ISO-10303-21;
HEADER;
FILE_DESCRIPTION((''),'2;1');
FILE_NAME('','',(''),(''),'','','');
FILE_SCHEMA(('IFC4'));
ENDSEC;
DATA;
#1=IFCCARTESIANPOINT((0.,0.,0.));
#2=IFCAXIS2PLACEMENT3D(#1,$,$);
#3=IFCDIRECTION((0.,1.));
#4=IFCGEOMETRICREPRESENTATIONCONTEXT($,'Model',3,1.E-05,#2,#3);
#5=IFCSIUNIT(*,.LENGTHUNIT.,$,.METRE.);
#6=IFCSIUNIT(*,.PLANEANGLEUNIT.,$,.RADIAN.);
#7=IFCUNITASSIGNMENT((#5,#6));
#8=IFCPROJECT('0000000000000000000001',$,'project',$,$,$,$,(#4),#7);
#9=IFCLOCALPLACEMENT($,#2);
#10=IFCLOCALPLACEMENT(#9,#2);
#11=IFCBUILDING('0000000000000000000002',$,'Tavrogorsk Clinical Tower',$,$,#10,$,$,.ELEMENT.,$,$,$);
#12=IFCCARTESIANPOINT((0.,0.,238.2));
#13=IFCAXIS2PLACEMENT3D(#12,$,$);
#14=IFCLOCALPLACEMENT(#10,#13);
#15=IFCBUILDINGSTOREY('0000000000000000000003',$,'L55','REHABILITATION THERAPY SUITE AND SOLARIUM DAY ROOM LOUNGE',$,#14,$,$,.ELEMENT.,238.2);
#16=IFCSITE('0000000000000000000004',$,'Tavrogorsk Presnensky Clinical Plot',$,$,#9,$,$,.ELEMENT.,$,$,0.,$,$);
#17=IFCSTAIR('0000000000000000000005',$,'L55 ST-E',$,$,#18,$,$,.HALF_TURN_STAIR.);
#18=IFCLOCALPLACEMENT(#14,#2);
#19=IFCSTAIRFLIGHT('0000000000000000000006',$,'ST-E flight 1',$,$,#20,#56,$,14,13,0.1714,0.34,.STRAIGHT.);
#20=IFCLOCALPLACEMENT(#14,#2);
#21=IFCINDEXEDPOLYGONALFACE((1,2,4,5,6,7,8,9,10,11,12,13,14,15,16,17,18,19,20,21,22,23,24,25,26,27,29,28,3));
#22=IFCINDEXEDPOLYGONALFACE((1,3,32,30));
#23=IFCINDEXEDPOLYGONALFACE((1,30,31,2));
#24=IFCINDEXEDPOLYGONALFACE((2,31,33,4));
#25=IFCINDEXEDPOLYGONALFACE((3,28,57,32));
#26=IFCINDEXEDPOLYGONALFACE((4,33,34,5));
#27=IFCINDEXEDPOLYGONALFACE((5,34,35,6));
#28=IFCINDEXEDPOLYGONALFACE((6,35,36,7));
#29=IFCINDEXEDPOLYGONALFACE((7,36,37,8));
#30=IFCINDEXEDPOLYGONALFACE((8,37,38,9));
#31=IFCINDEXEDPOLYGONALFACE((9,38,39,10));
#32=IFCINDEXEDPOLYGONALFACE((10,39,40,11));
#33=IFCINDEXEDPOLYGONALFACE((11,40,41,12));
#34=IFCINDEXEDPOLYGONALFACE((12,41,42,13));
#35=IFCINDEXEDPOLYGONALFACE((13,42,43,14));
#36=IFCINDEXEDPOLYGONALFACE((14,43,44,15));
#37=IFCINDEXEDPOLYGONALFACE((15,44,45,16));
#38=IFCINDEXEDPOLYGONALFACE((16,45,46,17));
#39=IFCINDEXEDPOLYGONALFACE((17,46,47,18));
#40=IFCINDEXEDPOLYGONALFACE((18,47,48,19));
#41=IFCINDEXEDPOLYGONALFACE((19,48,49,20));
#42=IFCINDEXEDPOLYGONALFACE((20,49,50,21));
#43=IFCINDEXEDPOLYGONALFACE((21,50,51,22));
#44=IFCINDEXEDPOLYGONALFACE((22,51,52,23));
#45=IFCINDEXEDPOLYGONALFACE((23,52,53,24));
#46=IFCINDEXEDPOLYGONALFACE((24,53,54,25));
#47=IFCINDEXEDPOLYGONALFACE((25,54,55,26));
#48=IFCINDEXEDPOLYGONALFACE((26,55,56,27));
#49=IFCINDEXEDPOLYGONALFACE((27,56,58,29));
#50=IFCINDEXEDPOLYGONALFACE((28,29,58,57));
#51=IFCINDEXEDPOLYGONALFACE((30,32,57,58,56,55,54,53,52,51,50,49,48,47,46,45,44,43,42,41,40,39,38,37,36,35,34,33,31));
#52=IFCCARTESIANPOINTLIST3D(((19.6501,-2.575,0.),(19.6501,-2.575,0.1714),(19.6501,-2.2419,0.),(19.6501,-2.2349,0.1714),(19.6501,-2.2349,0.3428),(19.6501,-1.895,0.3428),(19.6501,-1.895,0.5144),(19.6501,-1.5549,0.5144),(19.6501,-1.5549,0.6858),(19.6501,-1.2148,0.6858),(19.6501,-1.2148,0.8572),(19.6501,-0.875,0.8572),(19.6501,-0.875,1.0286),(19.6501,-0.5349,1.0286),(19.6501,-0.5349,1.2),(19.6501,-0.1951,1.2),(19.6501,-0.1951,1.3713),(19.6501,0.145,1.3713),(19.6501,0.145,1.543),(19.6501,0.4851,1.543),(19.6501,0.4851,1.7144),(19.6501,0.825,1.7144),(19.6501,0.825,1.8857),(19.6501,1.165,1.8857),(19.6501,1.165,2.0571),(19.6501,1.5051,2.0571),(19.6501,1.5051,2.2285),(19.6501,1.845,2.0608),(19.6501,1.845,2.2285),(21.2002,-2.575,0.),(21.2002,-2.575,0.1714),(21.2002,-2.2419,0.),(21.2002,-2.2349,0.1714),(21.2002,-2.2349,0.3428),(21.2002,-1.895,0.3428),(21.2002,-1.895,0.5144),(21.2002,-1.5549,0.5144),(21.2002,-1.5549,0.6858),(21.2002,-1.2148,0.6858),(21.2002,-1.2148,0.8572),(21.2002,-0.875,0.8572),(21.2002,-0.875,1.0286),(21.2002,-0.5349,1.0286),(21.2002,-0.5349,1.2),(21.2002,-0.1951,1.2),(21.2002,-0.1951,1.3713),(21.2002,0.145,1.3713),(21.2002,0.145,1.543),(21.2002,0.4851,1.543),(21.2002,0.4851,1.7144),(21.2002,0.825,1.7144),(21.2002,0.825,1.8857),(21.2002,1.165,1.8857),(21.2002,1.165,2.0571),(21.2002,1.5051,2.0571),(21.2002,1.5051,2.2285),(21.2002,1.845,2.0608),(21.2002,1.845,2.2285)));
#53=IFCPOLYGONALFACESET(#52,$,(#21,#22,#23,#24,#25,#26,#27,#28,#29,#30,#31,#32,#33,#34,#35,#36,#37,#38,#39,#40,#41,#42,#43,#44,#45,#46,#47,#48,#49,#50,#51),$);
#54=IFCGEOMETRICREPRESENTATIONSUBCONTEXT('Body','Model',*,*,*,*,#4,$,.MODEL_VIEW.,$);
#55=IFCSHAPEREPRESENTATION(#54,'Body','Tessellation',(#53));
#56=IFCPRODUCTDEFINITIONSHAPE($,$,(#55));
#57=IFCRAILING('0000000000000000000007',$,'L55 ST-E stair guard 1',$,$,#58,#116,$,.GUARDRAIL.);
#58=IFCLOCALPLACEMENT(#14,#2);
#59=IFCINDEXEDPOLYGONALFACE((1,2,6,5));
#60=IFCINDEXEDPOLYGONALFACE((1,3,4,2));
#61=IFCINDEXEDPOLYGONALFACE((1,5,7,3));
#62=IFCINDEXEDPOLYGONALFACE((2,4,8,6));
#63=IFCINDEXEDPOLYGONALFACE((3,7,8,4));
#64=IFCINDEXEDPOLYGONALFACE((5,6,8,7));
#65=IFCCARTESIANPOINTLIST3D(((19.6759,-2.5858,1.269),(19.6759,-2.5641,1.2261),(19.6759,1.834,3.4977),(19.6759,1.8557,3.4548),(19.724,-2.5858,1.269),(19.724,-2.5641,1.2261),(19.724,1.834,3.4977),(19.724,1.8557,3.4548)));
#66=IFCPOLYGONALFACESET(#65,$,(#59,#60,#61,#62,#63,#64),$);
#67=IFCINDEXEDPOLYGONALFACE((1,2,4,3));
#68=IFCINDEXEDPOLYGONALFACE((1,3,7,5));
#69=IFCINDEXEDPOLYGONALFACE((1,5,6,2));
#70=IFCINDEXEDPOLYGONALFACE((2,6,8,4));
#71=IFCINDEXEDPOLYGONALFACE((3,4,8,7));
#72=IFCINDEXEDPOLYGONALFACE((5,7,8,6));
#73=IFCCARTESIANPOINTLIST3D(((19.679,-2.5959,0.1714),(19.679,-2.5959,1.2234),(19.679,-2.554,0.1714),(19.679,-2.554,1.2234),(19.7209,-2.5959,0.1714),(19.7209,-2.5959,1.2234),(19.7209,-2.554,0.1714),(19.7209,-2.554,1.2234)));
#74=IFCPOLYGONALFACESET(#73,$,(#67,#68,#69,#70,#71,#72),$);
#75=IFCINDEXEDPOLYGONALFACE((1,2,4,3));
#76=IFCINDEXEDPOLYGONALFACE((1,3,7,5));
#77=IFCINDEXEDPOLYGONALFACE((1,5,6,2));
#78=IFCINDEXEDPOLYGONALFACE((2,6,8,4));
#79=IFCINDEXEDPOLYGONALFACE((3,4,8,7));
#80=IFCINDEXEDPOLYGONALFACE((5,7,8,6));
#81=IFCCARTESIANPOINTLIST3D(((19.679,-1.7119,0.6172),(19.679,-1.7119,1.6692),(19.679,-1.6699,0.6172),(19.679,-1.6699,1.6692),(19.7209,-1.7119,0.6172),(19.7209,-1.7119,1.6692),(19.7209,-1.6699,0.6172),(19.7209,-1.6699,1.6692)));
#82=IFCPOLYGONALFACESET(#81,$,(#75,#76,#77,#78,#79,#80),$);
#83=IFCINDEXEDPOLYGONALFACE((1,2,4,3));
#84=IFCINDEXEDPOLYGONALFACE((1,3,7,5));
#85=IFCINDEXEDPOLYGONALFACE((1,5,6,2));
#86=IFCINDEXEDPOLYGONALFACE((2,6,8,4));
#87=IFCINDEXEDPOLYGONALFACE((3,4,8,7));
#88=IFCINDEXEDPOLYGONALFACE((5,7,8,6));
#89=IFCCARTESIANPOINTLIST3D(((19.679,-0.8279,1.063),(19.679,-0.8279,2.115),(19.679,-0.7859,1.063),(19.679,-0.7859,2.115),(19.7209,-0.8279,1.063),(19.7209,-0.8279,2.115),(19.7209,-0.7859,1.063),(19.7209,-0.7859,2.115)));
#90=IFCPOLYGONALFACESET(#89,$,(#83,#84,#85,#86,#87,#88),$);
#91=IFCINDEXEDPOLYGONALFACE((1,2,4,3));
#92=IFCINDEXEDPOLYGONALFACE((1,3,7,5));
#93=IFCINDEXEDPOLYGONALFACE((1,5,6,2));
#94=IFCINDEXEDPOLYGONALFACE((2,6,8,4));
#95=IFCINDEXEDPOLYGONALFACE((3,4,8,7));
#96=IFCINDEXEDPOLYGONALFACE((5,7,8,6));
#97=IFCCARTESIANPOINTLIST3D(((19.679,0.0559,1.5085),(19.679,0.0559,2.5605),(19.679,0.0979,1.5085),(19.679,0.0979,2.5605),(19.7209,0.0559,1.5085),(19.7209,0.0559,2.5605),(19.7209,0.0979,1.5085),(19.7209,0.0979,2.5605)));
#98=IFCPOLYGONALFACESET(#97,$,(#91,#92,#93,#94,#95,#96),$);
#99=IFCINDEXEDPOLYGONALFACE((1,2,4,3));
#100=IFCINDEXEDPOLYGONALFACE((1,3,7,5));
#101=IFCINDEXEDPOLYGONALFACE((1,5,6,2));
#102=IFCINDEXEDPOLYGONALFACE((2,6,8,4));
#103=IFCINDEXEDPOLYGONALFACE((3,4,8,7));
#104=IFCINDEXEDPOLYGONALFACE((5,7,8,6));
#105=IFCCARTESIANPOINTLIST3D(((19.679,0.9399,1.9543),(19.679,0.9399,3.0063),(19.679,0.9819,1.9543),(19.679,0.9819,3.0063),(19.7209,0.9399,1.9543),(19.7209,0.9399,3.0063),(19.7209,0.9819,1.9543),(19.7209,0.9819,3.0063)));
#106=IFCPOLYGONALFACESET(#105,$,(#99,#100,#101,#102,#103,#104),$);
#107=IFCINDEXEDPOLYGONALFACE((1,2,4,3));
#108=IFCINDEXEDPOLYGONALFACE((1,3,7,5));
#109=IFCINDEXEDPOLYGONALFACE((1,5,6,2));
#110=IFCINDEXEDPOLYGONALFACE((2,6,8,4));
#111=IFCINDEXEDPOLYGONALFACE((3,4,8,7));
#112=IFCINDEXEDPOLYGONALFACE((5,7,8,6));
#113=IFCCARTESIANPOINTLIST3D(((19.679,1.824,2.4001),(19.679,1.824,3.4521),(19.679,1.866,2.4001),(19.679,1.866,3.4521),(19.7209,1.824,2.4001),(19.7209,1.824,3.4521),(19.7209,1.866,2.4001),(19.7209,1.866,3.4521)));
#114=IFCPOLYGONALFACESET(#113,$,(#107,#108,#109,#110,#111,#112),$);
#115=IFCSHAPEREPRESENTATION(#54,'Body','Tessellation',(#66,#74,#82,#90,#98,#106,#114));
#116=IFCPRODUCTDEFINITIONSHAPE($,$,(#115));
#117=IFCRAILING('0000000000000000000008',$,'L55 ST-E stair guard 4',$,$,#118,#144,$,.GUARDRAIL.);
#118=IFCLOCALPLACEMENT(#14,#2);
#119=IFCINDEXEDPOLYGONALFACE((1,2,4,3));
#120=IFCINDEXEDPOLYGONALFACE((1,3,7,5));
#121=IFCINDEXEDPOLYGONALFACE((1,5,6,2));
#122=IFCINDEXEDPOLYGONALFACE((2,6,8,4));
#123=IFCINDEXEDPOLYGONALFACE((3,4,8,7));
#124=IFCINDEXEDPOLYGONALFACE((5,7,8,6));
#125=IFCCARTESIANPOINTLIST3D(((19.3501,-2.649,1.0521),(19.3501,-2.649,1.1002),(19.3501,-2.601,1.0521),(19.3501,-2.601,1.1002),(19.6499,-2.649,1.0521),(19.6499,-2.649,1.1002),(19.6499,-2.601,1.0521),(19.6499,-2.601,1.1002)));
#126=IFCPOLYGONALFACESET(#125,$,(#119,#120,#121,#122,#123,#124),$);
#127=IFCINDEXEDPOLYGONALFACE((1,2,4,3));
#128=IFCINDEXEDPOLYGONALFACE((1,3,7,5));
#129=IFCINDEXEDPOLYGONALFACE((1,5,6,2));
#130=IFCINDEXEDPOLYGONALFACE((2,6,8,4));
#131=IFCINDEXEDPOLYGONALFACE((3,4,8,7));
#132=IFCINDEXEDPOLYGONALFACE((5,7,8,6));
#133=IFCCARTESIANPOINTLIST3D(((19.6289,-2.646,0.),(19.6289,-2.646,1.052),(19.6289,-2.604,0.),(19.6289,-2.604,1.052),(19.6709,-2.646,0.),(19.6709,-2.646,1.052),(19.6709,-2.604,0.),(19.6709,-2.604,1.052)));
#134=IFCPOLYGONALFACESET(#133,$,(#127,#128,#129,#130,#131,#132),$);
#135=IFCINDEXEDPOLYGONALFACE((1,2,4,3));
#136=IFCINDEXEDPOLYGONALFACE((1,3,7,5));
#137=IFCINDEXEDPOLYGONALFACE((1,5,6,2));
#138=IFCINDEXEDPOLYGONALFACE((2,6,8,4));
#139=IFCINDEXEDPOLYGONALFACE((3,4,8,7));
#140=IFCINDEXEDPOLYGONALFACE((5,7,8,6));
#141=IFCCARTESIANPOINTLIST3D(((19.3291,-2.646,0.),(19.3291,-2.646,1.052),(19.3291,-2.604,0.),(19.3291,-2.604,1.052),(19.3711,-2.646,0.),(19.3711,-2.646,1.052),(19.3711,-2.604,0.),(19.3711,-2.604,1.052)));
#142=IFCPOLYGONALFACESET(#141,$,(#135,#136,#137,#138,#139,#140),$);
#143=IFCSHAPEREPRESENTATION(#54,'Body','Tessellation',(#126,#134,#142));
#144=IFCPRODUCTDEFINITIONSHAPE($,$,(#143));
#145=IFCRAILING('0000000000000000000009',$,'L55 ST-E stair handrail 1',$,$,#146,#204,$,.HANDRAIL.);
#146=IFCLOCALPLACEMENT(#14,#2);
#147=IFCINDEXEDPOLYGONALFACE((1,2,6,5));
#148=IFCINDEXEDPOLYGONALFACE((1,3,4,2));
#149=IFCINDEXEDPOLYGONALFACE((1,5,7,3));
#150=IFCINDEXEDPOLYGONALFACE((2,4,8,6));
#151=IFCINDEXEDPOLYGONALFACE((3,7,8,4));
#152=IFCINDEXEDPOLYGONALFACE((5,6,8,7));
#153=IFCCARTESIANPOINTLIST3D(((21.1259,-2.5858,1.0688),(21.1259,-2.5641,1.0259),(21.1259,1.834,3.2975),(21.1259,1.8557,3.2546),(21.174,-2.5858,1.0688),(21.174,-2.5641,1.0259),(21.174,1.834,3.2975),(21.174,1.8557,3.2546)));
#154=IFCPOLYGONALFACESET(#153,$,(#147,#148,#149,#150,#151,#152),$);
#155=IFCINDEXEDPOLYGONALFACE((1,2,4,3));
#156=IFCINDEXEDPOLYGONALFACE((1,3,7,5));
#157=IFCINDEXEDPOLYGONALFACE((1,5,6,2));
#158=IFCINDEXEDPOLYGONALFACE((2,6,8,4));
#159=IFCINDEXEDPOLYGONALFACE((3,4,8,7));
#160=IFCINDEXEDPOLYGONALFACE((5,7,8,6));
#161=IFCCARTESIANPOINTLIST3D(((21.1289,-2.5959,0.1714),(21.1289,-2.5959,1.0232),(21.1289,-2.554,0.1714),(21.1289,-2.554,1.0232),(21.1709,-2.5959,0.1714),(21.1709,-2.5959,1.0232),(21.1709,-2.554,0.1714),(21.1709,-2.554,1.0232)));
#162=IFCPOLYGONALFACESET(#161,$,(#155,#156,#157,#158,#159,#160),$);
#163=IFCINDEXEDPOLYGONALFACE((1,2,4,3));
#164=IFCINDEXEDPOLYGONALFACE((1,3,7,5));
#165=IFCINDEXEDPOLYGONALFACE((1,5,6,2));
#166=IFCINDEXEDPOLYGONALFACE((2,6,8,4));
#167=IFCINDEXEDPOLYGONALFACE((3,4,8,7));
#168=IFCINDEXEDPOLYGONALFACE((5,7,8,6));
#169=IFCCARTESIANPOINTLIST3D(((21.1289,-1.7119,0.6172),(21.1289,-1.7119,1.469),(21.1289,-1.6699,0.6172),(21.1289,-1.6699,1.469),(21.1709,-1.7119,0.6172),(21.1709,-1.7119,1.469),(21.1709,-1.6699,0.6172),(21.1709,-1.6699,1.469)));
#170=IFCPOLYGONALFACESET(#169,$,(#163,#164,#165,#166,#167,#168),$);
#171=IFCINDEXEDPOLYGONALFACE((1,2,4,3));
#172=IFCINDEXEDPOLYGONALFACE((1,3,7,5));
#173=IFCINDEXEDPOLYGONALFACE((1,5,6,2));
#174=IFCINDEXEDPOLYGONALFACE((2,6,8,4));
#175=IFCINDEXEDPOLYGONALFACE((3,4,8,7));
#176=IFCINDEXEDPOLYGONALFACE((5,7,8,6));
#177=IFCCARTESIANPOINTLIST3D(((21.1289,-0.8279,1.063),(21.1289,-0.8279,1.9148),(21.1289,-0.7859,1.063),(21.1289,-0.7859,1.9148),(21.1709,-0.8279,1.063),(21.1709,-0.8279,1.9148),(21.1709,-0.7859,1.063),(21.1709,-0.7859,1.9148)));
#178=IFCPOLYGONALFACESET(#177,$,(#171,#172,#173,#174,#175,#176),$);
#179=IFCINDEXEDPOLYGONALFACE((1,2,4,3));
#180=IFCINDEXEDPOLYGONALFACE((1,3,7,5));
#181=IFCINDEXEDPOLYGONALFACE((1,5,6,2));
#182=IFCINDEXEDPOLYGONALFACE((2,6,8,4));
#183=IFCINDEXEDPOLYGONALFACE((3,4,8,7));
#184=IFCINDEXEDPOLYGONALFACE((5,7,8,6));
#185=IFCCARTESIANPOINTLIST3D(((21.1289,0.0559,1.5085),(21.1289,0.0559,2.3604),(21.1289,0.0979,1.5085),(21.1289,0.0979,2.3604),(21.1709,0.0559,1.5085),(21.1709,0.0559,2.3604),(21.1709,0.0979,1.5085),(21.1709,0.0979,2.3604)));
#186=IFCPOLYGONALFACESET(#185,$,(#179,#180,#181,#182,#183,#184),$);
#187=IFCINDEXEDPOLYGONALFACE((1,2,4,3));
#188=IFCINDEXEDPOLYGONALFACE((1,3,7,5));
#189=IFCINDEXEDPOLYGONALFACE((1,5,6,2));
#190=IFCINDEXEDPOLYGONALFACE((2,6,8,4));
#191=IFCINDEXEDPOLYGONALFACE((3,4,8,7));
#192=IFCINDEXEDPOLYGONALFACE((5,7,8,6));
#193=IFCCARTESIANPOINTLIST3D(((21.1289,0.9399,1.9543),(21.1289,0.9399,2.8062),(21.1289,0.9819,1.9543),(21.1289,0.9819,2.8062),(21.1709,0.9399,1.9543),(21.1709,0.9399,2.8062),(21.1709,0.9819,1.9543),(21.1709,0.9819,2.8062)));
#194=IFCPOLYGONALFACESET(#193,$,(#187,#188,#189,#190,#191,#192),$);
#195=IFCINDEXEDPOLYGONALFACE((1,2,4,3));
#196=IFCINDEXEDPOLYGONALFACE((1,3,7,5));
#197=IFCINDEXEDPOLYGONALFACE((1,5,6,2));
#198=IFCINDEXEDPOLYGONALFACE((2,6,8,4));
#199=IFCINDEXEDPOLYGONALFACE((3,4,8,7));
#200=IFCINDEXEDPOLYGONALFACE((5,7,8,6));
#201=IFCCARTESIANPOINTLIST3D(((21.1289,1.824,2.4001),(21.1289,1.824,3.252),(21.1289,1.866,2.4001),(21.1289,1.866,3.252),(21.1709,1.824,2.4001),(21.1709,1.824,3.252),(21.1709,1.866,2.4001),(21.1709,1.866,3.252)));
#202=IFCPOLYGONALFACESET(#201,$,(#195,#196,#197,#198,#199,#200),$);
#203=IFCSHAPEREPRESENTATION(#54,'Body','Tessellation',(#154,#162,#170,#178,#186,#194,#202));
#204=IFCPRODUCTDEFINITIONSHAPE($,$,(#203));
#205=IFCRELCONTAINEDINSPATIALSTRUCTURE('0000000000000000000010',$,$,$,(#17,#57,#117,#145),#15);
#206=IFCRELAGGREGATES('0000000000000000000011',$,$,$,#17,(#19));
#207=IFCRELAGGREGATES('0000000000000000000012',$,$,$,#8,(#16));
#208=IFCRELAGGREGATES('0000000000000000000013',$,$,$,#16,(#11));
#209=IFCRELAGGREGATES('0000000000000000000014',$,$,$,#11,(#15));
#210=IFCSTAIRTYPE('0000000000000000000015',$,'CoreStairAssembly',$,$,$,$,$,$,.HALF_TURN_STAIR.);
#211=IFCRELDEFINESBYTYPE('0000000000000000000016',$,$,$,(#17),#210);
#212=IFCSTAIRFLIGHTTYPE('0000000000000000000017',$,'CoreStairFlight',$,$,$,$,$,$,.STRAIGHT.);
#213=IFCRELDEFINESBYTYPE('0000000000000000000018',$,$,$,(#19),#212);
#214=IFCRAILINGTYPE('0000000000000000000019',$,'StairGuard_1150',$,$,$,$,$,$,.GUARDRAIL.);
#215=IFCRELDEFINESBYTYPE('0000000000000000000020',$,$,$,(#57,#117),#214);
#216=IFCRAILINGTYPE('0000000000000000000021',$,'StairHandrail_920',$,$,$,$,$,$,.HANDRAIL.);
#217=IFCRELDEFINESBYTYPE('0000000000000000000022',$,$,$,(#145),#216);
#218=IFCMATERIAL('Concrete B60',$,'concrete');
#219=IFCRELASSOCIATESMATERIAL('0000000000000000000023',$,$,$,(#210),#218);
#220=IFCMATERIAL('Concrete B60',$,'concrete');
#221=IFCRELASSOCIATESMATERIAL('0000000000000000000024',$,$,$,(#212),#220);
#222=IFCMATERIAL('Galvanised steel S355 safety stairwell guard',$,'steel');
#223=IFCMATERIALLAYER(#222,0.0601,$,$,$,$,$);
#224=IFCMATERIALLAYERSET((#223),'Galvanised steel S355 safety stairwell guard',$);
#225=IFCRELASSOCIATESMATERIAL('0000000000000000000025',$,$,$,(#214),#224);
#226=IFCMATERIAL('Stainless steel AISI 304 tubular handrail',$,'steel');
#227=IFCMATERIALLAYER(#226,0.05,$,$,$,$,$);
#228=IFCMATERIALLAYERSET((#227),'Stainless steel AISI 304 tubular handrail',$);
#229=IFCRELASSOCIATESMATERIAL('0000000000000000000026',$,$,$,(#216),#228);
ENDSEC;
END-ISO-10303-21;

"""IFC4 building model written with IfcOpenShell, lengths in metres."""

from ifc_helpers import new_model, si_unit, direction, frame, origin, origin_2d, place, context, subcontext, project, spatial, polyline, rectangle, outline, extrude, material, layer, layer_set, type_object, element, aggregate, save


model = new_model("IFC4")

# Units and contexts
model_context = context("Model", 3, precision=1e-05, world=origin(), true_north=direction((0.0, 1.0)))
body_context = subcontext(model_context, "Body", "Model", "MODEL_VIEW")
ifc_project = project(units=[si_unit("LENGTHUNIT", "METRE"), si_unit("PLANEANGLEUNIT", "RADIAN")], contexts=[model_context])

# Site, building, storey
site_placement = place(None, origin())
site = spatial("IfcSite", under=ifc_project, at=site_placement, Name="Tavrogorsk Presnensky Clinical Plot", CompositionType="ELEMENT", RefElevation=0.0)
building_placement = place(site_placement, origin())
building = spatial("IfcBuilding", under=site, at=building_placement, Name="Tavrogorsk Clinical Tower", CompositionType="ELEMENT")
storey_placement = place(building_placement, frame((0.0, 0.0, 238.2)))
storey = spatial("IfcBuildingStorey", under=building, at=storey_placement, Name="L55", Description="REHABILITATION THERAPY SUITE AND SOLARIUM DAY ROOM LOUNGE", CompositionType="ELEMENT", Elevation=238.2)

# Stair, stair flight
ifc_material_1 = material(Name="Concrete B60", Category="concrete")
stair_type = type_object("IfcStairType", Name="CoreStairAssembly", PredefinedType="HALF_TURN_STAIR", material=ifc_material_1)
stair_placement = place(storey_placement, origin())
stair = element("IfcStair", 1, at=stair_placement, inside=storey, type_object=stair_type, Name="L55 ST-E", PredefinedType="HALF_TURN_STAIR")
ifc_material_2 = material(Name="Concrete B60", Category="concrete")
stair_flight_type = type_object("IfcStairFlightType", Name="CoreStairFlight", PredefinedType="STRAIGHT", material=ifc_material_2)
stair_flight_placement = place(storey_placement, frame((20.425, -2.575, 0.0), z_axis=(0.0, 0.0, 1.0), x_axis=(0.0, 1.0, 0.0)))
stair_flight = element("IfcStairFlight", 2, at=stair_flight_placement, type_object=stair_flight_type, Name="ST-E flight 1", NumberOfRisers=14, NumberOfTreads=13, PredefinedType="STRAIGHT", RiserHeight=0.1714, TreadLength=0.34, context=body_context, shape_type="SweptSolid", body=[
    extrude(outline(polyline([(0.0, 0.0), (0.0, 0.1714), (0.3401, 0.1714), (0.3401, 0.3428), (0.6799, 0.3428), (0.6799, 0.5144), (1.02, 0.5144), (1.02, 0.6858), (1.3601, 0.6858), (1.3601, 0.8572), (1.7, 0.8572), (1.7, 1.0286), (2.04, 1.0286), (2.04, 1.2), (2.3799, 1.2), (2.3799, 1.3713), (2.72, 1.3713), (2.72, 1.543), (3.0601, 1.543), (3.0601, 1.7144), (3.3999, 1.7144), (3.3999, 1.8857), (3.74, 1.8857), (3.74, 2.0571), (4.0801, 2.0571), (4.0801, 2.2285), (4.4199, 2.2285), (4.4199, 2.3999), (4.4199, 2.0608), (0.333, 0.0), (0.0, 0.0)])), frame((0.0, 0.7749, 0.0), z_axis=(0.0, -1.0, 0.0), x_axis=(1.0, 0.0, 0.0)), (0.0, 0.0, 1.0), 1.55),
])
aggregate(stair, [stair_flight])

# Railings
ifc_material_3 = material(Name="Galvanised steel S355 safety stairwell guard", Category="steel")
ifc_layer_1 = layer(ifc_material_3, 0.0601)
ifc_layer_set_1 = layer_set([ifc_layer_1], Name="Galvanised steel S355 safety stairwell guard")
railing_type_1 = type_object("IfcRailingType", Name="StairGuard_1150", PredefinedType="GUARDRAIL", material=ifc_layer_set_1)
railing_1_placement = place(storey_placement, frame((19.7, -2.575, 0.1714)))
element("IfcRailing", 3, at=railing_1_placement, inside=storey, type_object=railing_type_1, Name="L55 ST-E stair guard 1", PredefinedType="GUARDRAIL", context=body_context, shape_type="SweptSolid", body=[
    extrude(rectangle(XDim=0.0481, YDim=0.0481, at=origin_2d()), frame((0.0, 0.0, 1.0762), z_axis=(0.0, 0.892903, 0.450249), x_axis=(-1.0, 0.0, 0.0)), (0.0, 0.0, 1.0), 4.95),
    extrude(rectangle(XDim=0.042, YDim=0.042, at=origin_2d()), origin(), (0.0, 0.0, 1.0), 1.052),
    extrude(rectangle(XDim=0.042, YDim=0.042, at=origin_2d()), frame((0.0, 0.884, 0.4458)), (0.0, 0.0, 1.0), 1.052),
    extrude(rectangle(XDim=0.042, YDim=0.042, at=origin_2d()), frame((0.0, 1.7681, 0.8916)), (0.0, 0.0, 1.0), 1.052),
    extrude(rectangle(XDim=0.042, YDim=0.042, at=origin_2d()), frame((0.0, 2.6519, 1.3372)), (0.0, 0.0, 1.0), 1.052),
    extrude(rectangle(XDim=0.042, YDim=0.042, at=origin_2d()), frame((0.0, 3.5359, 1.783)), (0.0, 0.0, 1.0), 1.052),
    extrude(rectangle(XDim=0.042, YDim=0.042, at=origin_2d()), frame((0.0, 4.4199, 2.2288)), (0.0, 0.0, 1.0), 1.052),
])
railing_2_placement = place(storey_placement, frame((19.6499, -2.625, 0.0)))
element("IfcRailing", 4, at=railing_2_placement, inside=storey, type_object=railing_type_1, Name="L55 ST-E stair guard 4", PredefinedType="GUARDRAIL", context=body_context, shape_type="SweptSolid", body=[
    extrude(rectangle(XDim=0.0481, YDim=0.0481, at=origin_2d()), frame((0.0, 0.0, 1.0762), z_axis=(-1.0, 0.0, 0.0), x_axis=(0.0, -1.0, 0.0)), (0.0, 0.0, 1.0), 0.2998),
    extrude(rectangle(XDim=0.042, YDim=0.042, at=origin_2d()), origin(), (0.0, 0.0, 1.0), 1.052),
    extrude(rectangle(XDim=0.042, YDim=0.042, at=origin_2d()), frame((-0.2998, 0.0, 0.0)), (0.0, 0.0, 1.0), 1.052),
])
ifc_material_4 = material(Name="Stainless steel AISI 304 tubular handrail", Category="steel")
ifc_layer_2 = layer(ifc_material_4, 0.05)
ifc_layer_set_2 = layer_set([ifc_layer_2], Name="Stainless steel AISI 304 tubular handrail")
railing_type_2 = type_object("IfcRailingType", Name="StairHandrail_920", PredefinedType="HANDRAIL", material=ifc_layer_set_2)
railing_3_placement = place(storey_placement, frame((21.1499, -2.575, 0.1714)))
element("IfcRailing", 5, at=railing_3_placement, inside=storey, type_object=railing_type_2, Name="L55 ST-E stair handrail 1", PredefinedType="HANDRAIL", context=body_context, shape_type="SweptSolid", body=[
    extrude(rectangle(XDim=0.0481, YDim=0.0481, at=origin_2d()), frame((0.0, 0.0, 0.876), z_axis=(0.0, 0.892903, 0.450249), x_axis=(-1.0, 0.0, 0.0)), (0.0, 0.0, 1.0), 4.95),
    extrude(rectangle(XDim=0.042, YDim=0.042, at=origin_2d()), origin(), (0.0, 0.0, 1.0), 0.8518),
    extrude(rectangle(XDim=0.042, YDim=0.042, at=origin_2d()), frame((0.0, 0.884, 0.4458)), (0.0, 0.0, 1.0), 0.8518),
    extrude(rectangle(XDim=0.042, YDim=0.042, at=origin_2d()), frame((0.0, 1.7681, 0.8916)), (0.0, 0.0, 1.0), 0.8518),
    extrude(rectangle(XDim=0.042, YDim=0.042, at=origin_2d()), frame((0.0, 2.6519, 1.3372)), (0.0, 0.0, 1.0), 0.8518),
    extrude(rectangle(XDim=0.042, YDim=0.042, at=origin_2d()), frame((0.0, 3.5359, 1.783)), (0.0, 0.0, 1.0), 0.8518),
    extrude(rectangle(XDim=0.042, YDim=0.042, at=origin_2d()), frame((0.0, 4.4199, 2.2288)), (0.0, 0.0, 1.0), 0.8518),
])

save(model, "model.ifc")
